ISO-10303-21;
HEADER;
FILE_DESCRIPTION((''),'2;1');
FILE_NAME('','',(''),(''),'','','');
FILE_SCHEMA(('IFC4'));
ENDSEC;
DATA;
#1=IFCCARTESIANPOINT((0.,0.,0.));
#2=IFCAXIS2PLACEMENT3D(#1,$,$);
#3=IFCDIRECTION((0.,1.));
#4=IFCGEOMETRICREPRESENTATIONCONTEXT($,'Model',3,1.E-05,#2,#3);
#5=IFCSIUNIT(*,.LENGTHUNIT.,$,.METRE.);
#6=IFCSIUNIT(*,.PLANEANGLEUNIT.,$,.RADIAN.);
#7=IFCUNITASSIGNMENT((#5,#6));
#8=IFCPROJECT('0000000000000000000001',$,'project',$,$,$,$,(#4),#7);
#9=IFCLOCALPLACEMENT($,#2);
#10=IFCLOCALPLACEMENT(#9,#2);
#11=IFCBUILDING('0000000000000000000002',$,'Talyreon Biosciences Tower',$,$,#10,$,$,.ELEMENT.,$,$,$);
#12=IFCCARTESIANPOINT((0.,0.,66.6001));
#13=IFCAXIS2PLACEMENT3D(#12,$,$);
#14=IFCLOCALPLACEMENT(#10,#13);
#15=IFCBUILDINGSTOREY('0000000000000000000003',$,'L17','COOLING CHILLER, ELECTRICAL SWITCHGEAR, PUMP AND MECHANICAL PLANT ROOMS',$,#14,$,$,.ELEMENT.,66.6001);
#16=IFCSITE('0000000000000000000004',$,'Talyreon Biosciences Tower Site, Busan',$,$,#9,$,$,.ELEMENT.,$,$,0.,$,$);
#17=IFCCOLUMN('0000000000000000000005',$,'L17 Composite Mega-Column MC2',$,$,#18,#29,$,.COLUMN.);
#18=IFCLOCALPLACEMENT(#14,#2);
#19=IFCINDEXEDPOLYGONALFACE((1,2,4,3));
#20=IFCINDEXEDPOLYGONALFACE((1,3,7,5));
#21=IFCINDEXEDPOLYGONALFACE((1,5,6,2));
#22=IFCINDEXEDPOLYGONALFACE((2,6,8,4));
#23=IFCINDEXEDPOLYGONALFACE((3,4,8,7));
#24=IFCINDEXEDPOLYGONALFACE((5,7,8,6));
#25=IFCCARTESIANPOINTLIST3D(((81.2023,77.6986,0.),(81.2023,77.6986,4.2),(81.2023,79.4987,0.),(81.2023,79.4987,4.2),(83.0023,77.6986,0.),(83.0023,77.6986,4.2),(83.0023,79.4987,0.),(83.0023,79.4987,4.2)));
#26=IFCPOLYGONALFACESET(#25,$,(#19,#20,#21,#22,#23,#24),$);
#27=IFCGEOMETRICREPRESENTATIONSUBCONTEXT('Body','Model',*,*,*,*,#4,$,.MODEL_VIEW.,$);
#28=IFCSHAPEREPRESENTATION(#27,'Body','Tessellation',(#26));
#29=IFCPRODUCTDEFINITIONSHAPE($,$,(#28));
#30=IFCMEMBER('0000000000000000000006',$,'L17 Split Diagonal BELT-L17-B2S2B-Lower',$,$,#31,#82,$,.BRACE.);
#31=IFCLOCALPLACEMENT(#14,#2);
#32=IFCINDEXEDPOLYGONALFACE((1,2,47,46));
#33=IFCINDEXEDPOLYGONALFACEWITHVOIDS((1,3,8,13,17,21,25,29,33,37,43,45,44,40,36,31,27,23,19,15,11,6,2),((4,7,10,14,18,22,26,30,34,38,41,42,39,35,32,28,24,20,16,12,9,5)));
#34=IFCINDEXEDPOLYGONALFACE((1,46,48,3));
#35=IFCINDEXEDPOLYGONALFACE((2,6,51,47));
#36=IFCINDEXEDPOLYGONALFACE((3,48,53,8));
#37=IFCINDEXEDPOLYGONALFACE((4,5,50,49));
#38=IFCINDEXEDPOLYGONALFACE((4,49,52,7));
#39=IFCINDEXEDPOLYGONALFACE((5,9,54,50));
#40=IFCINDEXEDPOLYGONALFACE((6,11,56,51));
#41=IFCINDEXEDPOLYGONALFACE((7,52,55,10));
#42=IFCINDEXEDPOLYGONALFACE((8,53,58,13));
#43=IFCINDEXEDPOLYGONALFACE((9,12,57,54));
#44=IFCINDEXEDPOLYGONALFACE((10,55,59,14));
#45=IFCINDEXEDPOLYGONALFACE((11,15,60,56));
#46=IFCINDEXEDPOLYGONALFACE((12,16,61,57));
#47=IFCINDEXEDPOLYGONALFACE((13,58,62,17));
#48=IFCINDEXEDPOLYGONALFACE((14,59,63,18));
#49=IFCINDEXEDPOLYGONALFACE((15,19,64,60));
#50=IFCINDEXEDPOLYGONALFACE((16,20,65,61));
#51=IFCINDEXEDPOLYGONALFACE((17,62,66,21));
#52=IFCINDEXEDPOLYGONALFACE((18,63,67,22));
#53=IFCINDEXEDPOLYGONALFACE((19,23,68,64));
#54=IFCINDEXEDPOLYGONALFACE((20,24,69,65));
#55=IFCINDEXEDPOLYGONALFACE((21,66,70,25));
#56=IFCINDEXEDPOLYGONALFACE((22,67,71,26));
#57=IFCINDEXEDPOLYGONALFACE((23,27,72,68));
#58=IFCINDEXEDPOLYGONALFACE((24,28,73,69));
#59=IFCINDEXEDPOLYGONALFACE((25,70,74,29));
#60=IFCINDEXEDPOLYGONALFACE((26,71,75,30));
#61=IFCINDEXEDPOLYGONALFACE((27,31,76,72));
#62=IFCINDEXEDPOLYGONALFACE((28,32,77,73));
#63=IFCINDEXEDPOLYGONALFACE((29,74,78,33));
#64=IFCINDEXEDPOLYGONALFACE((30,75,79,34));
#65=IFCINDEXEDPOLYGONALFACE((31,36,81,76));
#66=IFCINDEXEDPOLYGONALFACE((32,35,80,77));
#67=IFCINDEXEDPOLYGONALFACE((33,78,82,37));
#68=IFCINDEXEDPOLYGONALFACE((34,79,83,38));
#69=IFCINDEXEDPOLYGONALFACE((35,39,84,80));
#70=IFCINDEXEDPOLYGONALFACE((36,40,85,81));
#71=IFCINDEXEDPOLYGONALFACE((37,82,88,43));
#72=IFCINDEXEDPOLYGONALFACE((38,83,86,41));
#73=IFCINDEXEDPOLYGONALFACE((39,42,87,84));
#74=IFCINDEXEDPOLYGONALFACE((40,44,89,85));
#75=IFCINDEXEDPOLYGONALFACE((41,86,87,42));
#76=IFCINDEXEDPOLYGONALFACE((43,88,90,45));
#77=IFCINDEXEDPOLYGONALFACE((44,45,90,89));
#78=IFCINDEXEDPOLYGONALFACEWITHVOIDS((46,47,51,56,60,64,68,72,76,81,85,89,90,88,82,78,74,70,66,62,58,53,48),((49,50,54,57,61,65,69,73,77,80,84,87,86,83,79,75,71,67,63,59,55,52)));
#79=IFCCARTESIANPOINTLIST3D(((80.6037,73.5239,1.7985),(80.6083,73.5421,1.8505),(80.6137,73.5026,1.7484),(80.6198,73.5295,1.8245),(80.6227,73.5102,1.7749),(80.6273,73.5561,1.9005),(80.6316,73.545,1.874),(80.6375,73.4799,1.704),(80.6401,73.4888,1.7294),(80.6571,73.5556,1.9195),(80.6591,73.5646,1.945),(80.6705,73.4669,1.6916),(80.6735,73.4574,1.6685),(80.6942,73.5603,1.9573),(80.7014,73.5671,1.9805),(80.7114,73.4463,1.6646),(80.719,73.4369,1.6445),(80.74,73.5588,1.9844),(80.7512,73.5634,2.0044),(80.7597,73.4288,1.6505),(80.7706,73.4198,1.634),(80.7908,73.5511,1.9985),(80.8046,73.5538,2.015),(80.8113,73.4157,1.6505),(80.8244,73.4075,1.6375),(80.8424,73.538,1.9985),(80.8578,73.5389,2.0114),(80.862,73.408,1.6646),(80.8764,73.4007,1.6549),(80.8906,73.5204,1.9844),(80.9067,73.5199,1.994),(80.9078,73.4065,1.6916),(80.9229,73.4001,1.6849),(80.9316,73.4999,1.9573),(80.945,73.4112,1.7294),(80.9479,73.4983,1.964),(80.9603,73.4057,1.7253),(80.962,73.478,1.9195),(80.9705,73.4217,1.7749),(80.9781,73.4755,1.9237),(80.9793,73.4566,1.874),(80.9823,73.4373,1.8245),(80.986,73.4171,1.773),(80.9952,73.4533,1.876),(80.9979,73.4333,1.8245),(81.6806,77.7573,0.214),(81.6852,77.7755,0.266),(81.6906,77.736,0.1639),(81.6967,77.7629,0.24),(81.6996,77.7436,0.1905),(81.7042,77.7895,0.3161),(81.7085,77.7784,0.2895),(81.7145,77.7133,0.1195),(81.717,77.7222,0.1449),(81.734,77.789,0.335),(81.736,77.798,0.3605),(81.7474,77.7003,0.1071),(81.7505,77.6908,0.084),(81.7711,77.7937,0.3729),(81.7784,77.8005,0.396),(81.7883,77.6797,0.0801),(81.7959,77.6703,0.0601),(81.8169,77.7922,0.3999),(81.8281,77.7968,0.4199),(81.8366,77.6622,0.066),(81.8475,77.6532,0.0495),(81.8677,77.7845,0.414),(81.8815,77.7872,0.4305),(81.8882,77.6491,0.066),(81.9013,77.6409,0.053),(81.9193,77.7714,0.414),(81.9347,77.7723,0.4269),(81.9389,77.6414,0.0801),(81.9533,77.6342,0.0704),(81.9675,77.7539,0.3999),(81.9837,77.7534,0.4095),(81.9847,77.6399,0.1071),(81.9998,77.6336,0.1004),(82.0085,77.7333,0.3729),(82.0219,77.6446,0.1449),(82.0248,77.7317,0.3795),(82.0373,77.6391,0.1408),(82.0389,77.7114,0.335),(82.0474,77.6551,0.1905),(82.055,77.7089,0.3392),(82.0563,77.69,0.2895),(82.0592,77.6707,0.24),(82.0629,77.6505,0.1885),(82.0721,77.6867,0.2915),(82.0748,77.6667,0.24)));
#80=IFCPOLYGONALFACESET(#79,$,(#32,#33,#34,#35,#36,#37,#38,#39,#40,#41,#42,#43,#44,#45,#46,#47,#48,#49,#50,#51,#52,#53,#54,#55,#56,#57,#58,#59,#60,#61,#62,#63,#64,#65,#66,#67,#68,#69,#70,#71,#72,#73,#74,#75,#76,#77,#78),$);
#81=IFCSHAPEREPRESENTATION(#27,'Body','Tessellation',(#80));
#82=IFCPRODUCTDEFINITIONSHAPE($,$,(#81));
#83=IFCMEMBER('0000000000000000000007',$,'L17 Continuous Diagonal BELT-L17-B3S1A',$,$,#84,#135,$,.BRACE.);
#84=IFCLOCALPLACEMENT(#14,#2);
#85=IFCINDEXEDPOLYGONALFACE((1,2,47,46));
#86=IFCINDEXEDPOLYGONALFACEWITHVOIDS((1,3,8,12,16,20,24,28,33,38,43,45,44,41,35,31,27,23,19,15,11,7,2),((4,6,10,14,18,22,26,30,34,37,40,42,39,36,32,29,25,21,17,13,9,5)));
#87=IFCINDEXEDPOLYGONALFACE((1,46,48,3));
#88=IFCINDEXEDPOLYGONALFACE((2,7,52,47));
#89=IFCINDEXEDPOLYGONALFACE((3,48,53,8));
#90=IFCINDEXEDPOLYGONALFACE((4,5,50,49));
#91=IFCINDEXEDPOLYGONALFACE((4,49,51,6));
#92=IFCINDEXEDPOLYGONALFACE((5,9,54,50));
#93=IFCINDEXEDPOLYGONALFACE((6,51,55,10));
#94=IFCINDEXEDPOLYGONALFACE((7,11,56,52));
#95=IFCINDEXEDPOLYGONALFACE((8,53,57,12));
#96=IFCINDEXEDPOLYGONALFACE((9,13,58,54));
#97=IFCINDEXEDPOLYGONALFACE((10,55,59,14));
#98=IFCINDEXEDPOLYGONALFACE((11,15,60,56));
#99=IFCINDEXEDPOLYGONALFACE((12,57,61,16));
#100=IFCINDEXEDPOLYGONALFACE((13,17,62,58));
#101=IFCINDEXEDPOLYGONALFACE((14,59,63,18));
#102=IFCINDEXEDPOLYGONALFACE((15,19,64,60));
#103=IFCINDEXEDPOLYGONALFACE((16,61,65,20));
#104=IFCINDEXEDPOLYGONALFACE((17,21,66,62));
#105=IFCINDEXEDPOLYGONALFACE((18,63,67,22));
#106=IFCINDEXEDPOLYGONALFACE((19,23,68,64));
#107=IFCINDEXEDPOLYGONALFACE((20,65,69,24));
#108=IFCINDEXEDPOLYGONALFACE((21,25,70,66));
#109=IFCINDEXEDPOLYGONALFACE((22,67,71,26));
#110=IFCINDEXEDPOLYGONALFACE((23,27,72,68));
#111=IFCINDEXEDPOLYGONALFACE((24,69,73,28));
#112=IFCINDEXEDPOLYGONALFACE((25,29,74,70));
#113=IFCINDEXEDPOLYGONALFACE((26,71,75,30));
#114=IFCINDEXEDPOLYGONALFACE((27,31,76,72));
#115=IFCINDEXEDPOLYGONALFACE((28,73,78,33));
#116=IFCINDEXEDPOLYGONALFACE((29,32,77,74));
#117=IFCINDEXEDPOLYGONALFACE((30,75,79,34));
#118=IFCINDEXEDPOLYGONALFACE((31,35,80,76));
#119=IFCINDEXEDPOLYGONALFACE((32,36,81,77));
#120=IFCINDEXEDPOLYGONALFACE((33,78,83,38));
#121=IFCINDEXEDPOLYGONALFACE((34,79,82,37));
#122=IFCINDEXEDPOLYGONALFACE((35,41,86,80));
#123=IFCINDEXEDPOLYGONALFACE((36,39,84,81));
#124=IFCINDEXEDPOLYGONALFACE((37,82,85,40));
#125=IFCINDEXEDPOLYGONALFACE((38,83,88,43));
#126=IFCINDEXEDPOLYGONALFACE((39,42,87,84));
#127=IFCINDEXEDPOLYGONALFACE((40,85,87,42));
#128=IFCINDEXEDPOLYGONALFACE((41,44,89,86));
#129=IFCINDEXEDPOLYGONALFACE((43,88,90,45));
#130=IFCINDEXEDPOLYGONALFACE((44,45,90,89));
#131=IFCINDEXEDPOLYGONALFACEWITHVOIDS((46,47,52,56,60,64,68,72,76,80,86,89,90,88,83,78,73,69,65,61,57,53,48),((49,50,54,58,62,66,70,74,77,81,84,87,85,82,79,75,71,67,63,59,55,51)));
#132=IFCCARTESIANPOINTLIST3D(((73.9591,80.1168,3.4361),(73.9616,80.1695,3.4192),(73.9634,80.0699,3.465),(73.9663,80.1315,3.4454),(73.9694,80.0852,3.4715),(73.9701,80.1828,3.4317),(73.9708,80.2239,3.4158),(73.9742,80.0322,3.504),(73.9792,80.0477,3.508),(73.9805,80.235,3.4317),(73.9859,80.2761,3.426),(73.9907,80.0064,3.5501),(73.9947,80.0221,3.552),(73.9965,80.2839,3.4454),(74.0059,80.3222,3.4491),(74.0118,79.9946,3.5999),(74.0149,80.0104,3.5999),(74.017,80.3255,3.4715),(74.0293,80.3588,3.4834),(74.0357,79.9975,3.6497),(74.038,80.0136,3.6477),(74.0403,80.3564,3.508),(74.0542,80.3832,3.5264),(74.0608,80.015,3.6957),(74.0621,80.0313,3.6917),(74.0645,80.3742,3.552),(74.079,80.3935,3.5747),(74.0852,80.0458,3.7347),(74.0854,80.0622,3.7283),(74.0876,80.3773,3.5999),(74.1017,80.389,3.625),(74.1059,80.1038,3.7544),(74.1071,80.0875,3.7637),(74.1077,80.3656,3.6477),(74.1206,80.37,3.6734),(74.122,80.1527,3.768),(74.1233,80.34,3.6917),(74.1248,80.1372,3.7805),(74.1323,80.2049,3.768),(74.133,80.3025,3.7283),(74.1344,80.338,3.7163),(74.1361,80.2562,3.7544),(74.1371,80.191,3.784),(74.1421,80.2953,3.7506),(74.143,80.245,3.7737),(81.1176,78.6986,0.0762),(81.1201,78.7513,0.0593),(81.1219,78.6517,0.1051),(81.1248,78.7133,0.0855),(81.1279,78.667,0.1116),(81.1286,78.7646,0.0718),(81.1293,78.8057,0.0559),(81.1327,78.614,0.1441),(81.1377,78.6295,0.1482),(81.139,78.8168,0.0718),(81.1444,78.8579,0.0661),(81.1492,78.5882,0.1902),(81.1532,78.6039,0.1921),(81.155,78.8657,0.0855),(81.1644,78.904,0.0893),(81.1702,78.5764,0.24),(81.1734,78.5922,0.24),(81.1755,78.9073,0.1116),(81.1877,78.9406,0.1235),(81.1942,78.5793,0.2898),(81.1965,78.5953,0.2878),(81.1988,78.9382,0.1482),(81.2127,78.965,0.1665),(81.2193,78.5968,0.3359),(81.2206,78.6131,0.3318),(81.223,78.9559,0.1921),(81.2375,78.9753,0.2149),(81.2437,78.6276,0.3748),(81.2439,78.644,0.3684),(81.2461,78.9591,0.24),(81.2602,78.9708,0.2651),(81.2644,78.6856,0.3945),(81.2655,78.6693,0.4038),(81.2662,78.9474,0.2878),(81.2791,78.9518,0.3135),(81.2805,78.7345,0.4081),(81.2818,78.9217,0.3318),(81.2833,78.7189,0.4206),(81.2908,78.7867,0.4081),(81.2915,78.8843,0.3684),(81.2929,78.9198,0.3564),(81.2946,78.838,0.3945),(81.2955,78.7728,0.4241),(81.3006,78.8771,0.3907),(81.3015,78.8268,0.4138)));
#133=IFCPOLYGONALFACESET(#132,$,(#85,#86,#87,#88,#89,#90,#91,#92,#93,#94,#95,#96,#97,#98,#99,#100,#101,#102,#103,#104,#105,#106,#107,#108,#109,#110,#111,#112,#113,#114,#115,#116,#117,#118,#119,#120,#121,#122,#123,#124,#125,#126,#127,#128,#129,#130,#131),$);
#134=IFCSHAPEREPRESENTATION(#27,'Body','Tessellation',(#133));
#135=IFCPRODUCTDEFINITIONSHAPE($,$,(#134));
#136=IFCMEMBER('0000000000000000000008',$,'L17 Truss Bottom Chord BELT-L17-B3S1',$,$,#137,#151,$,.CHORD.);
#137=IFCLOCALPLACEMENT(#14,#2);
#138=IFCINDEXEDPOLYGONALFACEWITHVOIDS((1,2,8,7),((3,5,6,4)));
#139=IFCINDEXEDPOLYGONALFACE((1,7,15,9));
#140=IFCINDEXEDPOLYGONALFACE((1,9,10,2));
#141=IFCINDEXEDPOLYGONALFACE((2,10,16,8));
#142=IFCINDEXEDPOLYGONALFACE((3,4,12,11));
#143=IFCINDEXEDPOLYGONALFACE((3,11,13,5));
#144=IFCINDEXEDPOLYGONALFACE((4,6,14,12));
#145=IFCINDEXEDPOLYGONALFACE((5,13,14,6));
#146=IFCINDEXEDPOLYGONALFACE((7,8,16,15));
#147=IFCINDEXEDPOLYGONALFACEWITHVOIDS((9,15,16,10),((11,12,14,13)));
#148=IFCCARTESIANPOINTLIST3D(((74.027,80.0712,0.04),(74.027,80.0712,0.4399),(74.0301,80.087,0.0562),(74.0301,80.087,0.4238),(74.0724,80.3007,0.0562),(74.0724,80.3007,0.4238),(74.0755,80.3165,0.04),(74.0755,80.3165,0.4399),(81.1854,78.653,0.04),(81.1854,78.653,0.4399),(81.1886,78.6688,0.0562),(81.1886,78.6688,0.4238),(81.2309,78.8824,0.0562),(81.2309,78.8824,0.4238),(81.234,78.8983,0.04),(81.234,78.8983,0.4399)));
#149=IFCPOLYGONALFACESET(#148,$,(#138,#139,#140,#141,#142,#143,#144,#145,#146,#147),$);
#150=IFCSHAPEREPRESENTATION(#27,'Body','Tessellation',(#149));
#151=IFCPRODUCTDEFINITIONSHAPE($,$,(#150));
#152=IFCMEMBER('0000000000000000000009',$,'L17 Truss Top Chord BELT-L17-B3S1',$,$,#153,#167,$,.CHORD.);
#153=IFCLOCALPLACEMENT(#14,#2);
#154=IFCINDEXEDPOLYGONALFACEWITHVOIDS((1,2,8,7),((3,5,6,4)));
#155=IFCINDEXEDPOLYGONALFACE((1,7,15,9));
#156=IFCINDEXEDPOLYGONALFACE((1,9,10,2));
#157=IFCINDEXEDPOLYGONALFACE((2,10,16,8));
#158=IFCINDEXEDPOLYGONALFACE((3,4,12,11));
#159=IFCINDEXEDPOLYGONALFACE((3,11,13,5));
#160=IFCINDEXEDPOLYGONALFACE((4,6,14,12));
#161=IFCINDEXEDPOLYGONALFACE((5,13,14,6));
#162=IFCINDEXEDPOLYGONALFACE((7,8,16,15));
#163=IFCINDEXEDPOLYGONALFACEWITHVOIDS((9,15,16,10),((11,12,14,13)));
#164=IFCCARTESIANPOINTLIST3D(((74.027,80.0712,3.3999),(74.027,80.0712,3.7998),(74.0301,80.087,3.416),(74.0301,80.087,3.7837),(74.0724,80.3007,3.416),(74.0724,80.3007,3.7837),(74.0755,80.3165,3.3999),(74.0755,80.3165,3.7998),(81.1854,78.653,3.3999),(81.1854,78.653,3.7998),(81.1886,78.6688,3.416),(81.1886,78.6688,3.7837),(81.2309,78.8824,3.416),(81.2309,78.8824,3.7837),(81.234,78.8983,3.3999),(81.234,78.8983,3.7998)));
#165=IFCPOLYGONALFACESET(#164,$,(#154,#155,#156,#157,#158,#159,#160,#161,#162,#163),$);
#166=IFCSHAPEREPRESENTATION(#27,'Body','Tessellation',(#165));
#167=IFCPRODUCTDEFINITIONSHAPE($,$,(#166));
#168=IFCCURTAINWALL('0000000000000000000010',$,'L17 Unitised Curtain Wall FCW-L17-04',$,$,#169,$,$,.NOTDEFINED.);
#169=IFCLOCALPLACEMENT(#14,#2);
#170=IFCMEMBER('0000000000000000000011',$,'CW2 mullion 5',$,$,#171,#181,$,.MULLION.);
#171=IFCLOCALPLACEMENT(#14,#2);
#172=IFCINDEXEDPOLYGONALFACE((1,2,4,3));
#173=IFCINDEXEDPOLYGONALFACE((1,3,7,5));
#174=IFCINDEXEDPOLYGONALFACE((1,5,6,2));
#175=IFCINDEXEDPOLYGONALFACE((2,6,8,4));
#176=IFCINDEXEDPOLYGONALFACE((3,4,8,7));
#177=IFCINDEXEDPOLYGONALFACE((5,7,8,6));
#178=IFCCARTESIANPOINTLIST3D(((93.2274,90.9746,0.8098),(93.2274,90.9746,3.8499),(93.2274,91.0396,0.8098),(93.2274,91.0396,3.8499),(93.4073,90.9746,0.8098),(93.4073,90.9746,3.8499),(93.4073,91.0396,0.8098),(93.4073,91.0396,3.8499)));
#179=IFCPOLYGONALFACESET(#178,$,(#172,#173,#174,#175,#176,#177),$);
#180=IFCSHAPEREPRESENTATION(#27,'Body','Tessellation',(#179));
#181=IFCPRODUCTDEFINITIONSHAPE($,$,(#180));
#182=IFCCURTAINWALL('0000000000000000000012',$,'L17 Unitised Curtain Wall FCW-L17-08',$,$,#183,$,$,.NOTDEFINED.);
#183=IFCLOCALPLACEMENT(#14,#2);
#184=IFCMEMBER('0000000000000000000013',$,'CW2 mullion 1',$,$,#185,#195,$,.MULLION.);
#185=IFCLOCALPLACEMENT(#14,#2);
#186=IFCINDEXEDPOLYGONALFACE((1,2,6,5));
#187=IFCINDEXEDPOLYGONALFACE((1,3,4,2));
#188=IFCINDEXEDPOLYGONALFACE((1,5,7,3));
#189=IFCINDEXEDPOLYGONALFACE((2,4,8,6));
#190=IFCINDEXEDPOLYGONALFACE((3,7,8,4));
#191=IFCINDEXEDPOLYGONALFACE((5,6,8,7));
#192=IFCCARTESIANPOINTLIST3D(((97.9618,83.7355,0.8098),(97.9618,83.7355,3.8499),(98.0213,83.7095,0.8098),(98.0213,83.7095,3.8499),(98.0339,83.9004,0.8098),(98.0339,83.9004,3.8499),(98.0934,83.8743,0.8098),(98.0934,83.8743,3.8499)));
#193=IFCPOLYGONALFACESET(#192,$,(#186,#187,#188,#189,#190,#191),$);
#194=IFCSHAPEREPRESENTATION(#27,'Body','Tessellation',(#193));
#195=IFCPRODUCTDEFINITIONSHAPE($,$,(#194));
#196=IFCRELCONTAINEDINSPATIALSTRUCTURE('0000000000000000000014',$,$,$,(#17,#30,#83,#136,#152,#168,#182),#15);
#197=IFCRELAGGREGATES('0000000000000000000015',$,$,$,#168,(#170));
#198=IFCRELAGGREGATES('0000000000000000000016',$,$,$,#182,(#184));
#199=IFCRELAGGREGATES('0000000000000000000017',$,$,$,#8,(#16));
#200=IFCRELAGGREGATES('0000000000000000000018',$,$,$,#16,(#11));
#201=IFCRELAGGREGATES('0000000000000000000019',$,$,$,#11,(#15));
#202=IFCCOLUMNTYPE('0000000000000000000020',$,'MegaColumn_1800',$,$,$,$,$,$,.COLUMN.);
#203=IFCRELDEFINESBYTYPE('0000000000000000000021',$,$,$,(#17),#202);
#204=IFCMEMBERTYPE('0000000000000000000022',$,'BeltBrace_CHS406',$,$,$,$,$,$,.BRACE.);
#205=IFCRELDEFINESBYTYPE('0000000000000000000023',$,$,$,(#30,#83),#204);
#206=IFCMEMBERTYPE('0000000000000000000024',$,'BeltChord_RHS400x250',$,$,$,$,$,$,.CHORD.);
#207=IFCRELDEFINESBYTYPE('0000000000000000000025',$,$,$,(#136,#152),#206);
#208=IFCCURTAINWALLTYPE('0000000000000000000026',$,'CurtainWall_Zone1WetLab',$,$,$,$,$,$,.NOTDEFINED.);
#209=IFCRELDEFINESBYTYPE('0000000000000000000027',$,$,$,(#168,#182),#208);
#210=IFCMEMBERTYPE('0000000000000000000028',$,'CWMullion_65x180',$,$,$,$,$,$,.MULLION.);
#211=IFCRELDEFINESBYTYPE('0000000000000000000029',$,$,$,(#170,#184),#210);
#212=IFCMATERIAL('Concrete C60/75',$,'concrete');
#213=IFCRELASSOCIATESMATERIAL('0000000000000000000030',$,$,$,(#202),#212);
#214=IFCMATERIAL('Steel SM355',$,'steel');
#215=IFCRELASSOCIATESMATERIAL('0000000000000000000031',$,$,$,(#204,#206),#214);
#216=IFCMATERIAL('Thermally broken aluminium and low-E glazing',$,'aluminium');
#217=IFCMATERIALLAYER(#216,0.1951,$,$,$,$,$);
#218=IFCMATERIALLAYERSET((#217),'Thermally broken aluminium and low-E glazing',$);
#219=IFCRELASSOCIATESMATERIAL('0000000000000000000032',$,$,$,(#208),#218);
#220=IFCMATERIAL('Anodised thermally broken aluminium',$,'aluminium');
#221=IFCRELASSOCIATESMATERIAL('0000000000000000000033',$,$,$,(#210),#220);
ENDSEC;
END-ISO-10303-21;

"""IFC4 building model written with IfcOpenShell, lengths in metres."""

from ifc_helpers import new_model, si_unit, direction, frame, origin, origin_2d, place, context, subcontext, project, spatial, rectangle, hollow_rectangle, hollow_circle, extrude, material, layer, layer_set, material_profile, profile_set, type_object, element, aggregate, save


model = new_model("IFC4")

# Units and contexts
model_context = context("Model", 3, precision=1e-05, world=origin(), true_north=direction((0.0, 1.0)))
body_context = subcontext(model_context, "Body", "Model", "MODEL_VIEW")
ifc_project = project(units=[si_unit("LENGTHUNIT", "METRE"), si_unit("PLANEANGLEUNIT", "RADIAN")], contexts=[model_context])

# Site, building, storey
site_placement = place(None, origin())
site = spatial("IfcSite", under=ifc_project, at=site_placement, Name="Talyreon Biosciences Tower Site, Busan", CompositionType="ELEMENT", RefElevation=0.0)
building_placement = place(site_placement, origin())
building = spatial("IfcBuilding", under=site, at=building_placement, Name="Talyreon Biosciences Tower", CompositionType="ELEMENT")
storey_placement = place(building_placement, frame((0.0, 0.0, 66.6001)))
storey = spatial("IfcBuildingStorey", under=building, at=storey_placement, Name="L17", Description="COOLING CHILLER, ELECTRICAL SWITCHGEAR, PUMP AND MECHANICAL PLANT ROOMS", CompositionType="ELEMENT", Elevation=66.6001)

# Column
ifc_material_1 = material(Name="Concrete C60/75", Category="concrete")
ifc_material_profile_1 = material_profile(ifc_material_1, rectangle(XDim=1.8, YDim=1.8, at=origin_2d()), Name="RC 1800x1800")
ifc_profile_set_1 = profile_set([ifc_material_profile_1], Name="Concrete C60/75")
column_type = type_object("IfcColumnType", Name="MegaColumn_1800", PredefinedType="COLUMN", material=ifc_profile_set_1)
column_placement = place(storey_placement, frame((82.1023, 78.5986, 0.0), z_axis=(0.0, 0.0, 1.0), x_axis=(1.0, 0.0, 0.0)))
element("IfcColumn", 1, at=column_placement, inside=storey, type_object=column_type, Name="L17 Composite Mega-Column MC2", PredefinedType="COLUMN", context=body_context, shape_type="SweptSolid", body=[
    extrude(rectangle(XDim=1.8, YDim=1.8, at=origin_2d()), origin(), (0.0, 0.0, 1.0), 4.2),
])

# Members
ifc_material_2 = material(Name="Steel SM355", Category="steel")
ifc_material_profile_2 = material_profile(ifc_material_2, hollow_circle(Radius=0.2031, WallThickness=0.0161, at=origin_2d()), Name="CHS 406.4x16")
ifc_profile_set_2 = profile_set([ifc_material_profile_2], Name="Steel SM355")
member_type_1 = type_object("IfcMemberType", Name="BeltBrace_CHS406", PredefinedType="BRACE", material=ifc_profile_set_2)
member_1_placement = place(storey_placement, frame((81.8779, 77.7168, 0.24), z_axis=(-0.231756, -0.911052, 0.340988), x_axis=(0.969135, -0.246531, 0.0)))
element("IfcMember", 2, at=member_1_placement, inside=storey, type_object=member_type_1, Name="L17 Split Diagonal BELT-L17-B2S2B-Lower", PredefinedType="BRACE", context=body_context, shape_type="SweptSolid", body=[
    extrude(hollow_circle(Radius=0.2031, WallThickness=0.0161, at=origin_2d()), origin(), (0.0, 0.0, 1.0), 4.6467),
])
member_2_placement = place(storey_placement, frame((81.2097, 78.7756, 0.24), z_axis=(-0.891031, 0.176529, 0.418211), x_axis=(-0.19434, -0.980934, 0.0)))
element("IfcMember", 3, at=member_2_placement, inside=storey, type_object=member_type_1, Name="L17 Continuous Diagonal BELT-L17-B3S1A", PredefinedType="BRACE", context=body_context, shape_type="SweptSolid", body=[
    extrude(hollow_circle(Radius=0.2031, WallThickness=0.0161, at=origin_2d()), origin(), (0.0, 0.0, 1.0), 8.0339),
])
ifc_material_profile_3 = material_profile(ifc_material_2, hollow_rectangle(XDim=0.25, YDim=0.3999, WallThickness=0.0161, at=origin_2d()), Name="RHS 400x250x16")
ifc_profile_set_3 = profile_set([ifc_material_profile_3], Name="Steel SM355")
member_type_2 = type_object("IfcMemberType", Name="BeltChord_RHS400x250", PredefinedType="CHORD", material=ifc_profile_set_3)
for number, where, z_axis, x_axis, name in (
    (4, (81.2097, 78.7756, 0.24), (-0.980934, 0.19434, 0.0), (-0.19434, -0.980934, 0.0), "L17 Truss Bottom Chord BELT-L17-B3S1"),
    (5, (81.2097, 78.7756, 3.5999), (-0.980934, 0.19434, 0.0), (-0.19434, -0.980934, 0.0), "L17 Truss Top Chord BELT-L17-B3S1"),
):
    element("IfcMember", number, at=place(storey_placement, frame(where, z_axis=z_axis, x_axis=x_axis)), inside=storey, type_object=member_type_2, Name=name, PredefinedType="CHORD", context=body_context, shape_type="SweptSolid", body=[
        extrude(hollow_rectangle(XDim=0.25, YDim=0.3999, WallThickness=0.0161, at=origin_2d()), origin(), (0.0, 0.0, 1.0), 7.2976),
    ])

# Curtain wall, member
ifc_material_3 = material(Name="Thermally broken aluminium and low-E glazing", Category="aluminium")
ifc_layer_1 = layer(ifc_material_3, 0.1951)
ifc_layer_set_1 = layer_set([ifc_layer_1], Name="Thermally broken aluminium and low-E glazing")
curtain_wall_type = type_object("IfcCurtainWallType", Name="CurtainWall_Zone1WetLab", PredefinedType="NOTDEFINED", material=ifc_layer_set_1)
curtain_wall_1_placement = place(storey_placement, origin())
curtain_wall_1 = element("IfcCurtainWall", 6, at=curtain_wall_1_placement, inside=storey, type_object=curtain_wall_type, Name="L17 Unitised Curtain Wall FCW-L17-04", PredefinedType="NOTDEFINED")
ifc_material_4 = material(Name="Anodised thermally broken aluminium", Category="aluminium")
ifc_material_profile_4 = material_profile(ifc_material_4, rectangle(XDim=0.0649, YDim=0.1799, at=origin_2d()), Name="ALUM MULLION 65x180")
ifc_profile_set_4 = profile_set([ifc_material_profile_4], Name="Anodised thermally broken aluminium")
member_type_3 = type_object("IfcMemberType", Name="CWMullion_65x180", PredefinedType="MULLION", material=ifc_profile_set_4)
member_3_placement = place(storey_placement, frame((93.3174, 91.0071, 0.8098), z_axis=(0.0, 0.0, 1.0), x_axis=(0.0, 1.0, 0.0)))
member_3 = element("IfcMember", 7, at=member_3_placement, type_object=member_type_3, Name="CW2 mullion 5", PredefinedType="MULLION", context=body_context, shape_type="SweptSolid", body=[
    extrude(rectangle(XDim=0.0649, YDim=0.1799, at=origin_2d()), origin(), (0.0, 0.0, 1.0), 3.04),
])

# Curtain wall, member
curtain_wall_2_placement = place(storey_placement, origin())
curtain_wall_2 = element("IfcCurtainWall", 8, at=curtain_wall_2_placement, inside=storey, type_object=curtain_wall_type, Name="L17 Unitised Curtain Wall FCW-L17-08", PredefinedType="NOTDEFINED")
member_4_placement = place(storey_placement, frame((98.0276, 83.8049, 0.8098), z_axis=(0.0, 0.0, 1.0), x_axis=(0.916152, -0.400831, 0.0)))
member_4 = element("IfcMember", 9, at=member_4_placement, type_object=member_type_3, Name="CW2 mullion 1", PredefinedType="MULLION", context=body_context, shape_type="SweptSolid", body=[
    extrude(rectangle(XDim=0.0649, YDim=0.1799, at=origin_2d()), origin(), (0.0, 0.0, 1.0), 3.04),
])

aggregate(curtain_wall_1, [member_3])
aggregate(curtain_wall_2, [member_4])

save(model, "model.ifc")
